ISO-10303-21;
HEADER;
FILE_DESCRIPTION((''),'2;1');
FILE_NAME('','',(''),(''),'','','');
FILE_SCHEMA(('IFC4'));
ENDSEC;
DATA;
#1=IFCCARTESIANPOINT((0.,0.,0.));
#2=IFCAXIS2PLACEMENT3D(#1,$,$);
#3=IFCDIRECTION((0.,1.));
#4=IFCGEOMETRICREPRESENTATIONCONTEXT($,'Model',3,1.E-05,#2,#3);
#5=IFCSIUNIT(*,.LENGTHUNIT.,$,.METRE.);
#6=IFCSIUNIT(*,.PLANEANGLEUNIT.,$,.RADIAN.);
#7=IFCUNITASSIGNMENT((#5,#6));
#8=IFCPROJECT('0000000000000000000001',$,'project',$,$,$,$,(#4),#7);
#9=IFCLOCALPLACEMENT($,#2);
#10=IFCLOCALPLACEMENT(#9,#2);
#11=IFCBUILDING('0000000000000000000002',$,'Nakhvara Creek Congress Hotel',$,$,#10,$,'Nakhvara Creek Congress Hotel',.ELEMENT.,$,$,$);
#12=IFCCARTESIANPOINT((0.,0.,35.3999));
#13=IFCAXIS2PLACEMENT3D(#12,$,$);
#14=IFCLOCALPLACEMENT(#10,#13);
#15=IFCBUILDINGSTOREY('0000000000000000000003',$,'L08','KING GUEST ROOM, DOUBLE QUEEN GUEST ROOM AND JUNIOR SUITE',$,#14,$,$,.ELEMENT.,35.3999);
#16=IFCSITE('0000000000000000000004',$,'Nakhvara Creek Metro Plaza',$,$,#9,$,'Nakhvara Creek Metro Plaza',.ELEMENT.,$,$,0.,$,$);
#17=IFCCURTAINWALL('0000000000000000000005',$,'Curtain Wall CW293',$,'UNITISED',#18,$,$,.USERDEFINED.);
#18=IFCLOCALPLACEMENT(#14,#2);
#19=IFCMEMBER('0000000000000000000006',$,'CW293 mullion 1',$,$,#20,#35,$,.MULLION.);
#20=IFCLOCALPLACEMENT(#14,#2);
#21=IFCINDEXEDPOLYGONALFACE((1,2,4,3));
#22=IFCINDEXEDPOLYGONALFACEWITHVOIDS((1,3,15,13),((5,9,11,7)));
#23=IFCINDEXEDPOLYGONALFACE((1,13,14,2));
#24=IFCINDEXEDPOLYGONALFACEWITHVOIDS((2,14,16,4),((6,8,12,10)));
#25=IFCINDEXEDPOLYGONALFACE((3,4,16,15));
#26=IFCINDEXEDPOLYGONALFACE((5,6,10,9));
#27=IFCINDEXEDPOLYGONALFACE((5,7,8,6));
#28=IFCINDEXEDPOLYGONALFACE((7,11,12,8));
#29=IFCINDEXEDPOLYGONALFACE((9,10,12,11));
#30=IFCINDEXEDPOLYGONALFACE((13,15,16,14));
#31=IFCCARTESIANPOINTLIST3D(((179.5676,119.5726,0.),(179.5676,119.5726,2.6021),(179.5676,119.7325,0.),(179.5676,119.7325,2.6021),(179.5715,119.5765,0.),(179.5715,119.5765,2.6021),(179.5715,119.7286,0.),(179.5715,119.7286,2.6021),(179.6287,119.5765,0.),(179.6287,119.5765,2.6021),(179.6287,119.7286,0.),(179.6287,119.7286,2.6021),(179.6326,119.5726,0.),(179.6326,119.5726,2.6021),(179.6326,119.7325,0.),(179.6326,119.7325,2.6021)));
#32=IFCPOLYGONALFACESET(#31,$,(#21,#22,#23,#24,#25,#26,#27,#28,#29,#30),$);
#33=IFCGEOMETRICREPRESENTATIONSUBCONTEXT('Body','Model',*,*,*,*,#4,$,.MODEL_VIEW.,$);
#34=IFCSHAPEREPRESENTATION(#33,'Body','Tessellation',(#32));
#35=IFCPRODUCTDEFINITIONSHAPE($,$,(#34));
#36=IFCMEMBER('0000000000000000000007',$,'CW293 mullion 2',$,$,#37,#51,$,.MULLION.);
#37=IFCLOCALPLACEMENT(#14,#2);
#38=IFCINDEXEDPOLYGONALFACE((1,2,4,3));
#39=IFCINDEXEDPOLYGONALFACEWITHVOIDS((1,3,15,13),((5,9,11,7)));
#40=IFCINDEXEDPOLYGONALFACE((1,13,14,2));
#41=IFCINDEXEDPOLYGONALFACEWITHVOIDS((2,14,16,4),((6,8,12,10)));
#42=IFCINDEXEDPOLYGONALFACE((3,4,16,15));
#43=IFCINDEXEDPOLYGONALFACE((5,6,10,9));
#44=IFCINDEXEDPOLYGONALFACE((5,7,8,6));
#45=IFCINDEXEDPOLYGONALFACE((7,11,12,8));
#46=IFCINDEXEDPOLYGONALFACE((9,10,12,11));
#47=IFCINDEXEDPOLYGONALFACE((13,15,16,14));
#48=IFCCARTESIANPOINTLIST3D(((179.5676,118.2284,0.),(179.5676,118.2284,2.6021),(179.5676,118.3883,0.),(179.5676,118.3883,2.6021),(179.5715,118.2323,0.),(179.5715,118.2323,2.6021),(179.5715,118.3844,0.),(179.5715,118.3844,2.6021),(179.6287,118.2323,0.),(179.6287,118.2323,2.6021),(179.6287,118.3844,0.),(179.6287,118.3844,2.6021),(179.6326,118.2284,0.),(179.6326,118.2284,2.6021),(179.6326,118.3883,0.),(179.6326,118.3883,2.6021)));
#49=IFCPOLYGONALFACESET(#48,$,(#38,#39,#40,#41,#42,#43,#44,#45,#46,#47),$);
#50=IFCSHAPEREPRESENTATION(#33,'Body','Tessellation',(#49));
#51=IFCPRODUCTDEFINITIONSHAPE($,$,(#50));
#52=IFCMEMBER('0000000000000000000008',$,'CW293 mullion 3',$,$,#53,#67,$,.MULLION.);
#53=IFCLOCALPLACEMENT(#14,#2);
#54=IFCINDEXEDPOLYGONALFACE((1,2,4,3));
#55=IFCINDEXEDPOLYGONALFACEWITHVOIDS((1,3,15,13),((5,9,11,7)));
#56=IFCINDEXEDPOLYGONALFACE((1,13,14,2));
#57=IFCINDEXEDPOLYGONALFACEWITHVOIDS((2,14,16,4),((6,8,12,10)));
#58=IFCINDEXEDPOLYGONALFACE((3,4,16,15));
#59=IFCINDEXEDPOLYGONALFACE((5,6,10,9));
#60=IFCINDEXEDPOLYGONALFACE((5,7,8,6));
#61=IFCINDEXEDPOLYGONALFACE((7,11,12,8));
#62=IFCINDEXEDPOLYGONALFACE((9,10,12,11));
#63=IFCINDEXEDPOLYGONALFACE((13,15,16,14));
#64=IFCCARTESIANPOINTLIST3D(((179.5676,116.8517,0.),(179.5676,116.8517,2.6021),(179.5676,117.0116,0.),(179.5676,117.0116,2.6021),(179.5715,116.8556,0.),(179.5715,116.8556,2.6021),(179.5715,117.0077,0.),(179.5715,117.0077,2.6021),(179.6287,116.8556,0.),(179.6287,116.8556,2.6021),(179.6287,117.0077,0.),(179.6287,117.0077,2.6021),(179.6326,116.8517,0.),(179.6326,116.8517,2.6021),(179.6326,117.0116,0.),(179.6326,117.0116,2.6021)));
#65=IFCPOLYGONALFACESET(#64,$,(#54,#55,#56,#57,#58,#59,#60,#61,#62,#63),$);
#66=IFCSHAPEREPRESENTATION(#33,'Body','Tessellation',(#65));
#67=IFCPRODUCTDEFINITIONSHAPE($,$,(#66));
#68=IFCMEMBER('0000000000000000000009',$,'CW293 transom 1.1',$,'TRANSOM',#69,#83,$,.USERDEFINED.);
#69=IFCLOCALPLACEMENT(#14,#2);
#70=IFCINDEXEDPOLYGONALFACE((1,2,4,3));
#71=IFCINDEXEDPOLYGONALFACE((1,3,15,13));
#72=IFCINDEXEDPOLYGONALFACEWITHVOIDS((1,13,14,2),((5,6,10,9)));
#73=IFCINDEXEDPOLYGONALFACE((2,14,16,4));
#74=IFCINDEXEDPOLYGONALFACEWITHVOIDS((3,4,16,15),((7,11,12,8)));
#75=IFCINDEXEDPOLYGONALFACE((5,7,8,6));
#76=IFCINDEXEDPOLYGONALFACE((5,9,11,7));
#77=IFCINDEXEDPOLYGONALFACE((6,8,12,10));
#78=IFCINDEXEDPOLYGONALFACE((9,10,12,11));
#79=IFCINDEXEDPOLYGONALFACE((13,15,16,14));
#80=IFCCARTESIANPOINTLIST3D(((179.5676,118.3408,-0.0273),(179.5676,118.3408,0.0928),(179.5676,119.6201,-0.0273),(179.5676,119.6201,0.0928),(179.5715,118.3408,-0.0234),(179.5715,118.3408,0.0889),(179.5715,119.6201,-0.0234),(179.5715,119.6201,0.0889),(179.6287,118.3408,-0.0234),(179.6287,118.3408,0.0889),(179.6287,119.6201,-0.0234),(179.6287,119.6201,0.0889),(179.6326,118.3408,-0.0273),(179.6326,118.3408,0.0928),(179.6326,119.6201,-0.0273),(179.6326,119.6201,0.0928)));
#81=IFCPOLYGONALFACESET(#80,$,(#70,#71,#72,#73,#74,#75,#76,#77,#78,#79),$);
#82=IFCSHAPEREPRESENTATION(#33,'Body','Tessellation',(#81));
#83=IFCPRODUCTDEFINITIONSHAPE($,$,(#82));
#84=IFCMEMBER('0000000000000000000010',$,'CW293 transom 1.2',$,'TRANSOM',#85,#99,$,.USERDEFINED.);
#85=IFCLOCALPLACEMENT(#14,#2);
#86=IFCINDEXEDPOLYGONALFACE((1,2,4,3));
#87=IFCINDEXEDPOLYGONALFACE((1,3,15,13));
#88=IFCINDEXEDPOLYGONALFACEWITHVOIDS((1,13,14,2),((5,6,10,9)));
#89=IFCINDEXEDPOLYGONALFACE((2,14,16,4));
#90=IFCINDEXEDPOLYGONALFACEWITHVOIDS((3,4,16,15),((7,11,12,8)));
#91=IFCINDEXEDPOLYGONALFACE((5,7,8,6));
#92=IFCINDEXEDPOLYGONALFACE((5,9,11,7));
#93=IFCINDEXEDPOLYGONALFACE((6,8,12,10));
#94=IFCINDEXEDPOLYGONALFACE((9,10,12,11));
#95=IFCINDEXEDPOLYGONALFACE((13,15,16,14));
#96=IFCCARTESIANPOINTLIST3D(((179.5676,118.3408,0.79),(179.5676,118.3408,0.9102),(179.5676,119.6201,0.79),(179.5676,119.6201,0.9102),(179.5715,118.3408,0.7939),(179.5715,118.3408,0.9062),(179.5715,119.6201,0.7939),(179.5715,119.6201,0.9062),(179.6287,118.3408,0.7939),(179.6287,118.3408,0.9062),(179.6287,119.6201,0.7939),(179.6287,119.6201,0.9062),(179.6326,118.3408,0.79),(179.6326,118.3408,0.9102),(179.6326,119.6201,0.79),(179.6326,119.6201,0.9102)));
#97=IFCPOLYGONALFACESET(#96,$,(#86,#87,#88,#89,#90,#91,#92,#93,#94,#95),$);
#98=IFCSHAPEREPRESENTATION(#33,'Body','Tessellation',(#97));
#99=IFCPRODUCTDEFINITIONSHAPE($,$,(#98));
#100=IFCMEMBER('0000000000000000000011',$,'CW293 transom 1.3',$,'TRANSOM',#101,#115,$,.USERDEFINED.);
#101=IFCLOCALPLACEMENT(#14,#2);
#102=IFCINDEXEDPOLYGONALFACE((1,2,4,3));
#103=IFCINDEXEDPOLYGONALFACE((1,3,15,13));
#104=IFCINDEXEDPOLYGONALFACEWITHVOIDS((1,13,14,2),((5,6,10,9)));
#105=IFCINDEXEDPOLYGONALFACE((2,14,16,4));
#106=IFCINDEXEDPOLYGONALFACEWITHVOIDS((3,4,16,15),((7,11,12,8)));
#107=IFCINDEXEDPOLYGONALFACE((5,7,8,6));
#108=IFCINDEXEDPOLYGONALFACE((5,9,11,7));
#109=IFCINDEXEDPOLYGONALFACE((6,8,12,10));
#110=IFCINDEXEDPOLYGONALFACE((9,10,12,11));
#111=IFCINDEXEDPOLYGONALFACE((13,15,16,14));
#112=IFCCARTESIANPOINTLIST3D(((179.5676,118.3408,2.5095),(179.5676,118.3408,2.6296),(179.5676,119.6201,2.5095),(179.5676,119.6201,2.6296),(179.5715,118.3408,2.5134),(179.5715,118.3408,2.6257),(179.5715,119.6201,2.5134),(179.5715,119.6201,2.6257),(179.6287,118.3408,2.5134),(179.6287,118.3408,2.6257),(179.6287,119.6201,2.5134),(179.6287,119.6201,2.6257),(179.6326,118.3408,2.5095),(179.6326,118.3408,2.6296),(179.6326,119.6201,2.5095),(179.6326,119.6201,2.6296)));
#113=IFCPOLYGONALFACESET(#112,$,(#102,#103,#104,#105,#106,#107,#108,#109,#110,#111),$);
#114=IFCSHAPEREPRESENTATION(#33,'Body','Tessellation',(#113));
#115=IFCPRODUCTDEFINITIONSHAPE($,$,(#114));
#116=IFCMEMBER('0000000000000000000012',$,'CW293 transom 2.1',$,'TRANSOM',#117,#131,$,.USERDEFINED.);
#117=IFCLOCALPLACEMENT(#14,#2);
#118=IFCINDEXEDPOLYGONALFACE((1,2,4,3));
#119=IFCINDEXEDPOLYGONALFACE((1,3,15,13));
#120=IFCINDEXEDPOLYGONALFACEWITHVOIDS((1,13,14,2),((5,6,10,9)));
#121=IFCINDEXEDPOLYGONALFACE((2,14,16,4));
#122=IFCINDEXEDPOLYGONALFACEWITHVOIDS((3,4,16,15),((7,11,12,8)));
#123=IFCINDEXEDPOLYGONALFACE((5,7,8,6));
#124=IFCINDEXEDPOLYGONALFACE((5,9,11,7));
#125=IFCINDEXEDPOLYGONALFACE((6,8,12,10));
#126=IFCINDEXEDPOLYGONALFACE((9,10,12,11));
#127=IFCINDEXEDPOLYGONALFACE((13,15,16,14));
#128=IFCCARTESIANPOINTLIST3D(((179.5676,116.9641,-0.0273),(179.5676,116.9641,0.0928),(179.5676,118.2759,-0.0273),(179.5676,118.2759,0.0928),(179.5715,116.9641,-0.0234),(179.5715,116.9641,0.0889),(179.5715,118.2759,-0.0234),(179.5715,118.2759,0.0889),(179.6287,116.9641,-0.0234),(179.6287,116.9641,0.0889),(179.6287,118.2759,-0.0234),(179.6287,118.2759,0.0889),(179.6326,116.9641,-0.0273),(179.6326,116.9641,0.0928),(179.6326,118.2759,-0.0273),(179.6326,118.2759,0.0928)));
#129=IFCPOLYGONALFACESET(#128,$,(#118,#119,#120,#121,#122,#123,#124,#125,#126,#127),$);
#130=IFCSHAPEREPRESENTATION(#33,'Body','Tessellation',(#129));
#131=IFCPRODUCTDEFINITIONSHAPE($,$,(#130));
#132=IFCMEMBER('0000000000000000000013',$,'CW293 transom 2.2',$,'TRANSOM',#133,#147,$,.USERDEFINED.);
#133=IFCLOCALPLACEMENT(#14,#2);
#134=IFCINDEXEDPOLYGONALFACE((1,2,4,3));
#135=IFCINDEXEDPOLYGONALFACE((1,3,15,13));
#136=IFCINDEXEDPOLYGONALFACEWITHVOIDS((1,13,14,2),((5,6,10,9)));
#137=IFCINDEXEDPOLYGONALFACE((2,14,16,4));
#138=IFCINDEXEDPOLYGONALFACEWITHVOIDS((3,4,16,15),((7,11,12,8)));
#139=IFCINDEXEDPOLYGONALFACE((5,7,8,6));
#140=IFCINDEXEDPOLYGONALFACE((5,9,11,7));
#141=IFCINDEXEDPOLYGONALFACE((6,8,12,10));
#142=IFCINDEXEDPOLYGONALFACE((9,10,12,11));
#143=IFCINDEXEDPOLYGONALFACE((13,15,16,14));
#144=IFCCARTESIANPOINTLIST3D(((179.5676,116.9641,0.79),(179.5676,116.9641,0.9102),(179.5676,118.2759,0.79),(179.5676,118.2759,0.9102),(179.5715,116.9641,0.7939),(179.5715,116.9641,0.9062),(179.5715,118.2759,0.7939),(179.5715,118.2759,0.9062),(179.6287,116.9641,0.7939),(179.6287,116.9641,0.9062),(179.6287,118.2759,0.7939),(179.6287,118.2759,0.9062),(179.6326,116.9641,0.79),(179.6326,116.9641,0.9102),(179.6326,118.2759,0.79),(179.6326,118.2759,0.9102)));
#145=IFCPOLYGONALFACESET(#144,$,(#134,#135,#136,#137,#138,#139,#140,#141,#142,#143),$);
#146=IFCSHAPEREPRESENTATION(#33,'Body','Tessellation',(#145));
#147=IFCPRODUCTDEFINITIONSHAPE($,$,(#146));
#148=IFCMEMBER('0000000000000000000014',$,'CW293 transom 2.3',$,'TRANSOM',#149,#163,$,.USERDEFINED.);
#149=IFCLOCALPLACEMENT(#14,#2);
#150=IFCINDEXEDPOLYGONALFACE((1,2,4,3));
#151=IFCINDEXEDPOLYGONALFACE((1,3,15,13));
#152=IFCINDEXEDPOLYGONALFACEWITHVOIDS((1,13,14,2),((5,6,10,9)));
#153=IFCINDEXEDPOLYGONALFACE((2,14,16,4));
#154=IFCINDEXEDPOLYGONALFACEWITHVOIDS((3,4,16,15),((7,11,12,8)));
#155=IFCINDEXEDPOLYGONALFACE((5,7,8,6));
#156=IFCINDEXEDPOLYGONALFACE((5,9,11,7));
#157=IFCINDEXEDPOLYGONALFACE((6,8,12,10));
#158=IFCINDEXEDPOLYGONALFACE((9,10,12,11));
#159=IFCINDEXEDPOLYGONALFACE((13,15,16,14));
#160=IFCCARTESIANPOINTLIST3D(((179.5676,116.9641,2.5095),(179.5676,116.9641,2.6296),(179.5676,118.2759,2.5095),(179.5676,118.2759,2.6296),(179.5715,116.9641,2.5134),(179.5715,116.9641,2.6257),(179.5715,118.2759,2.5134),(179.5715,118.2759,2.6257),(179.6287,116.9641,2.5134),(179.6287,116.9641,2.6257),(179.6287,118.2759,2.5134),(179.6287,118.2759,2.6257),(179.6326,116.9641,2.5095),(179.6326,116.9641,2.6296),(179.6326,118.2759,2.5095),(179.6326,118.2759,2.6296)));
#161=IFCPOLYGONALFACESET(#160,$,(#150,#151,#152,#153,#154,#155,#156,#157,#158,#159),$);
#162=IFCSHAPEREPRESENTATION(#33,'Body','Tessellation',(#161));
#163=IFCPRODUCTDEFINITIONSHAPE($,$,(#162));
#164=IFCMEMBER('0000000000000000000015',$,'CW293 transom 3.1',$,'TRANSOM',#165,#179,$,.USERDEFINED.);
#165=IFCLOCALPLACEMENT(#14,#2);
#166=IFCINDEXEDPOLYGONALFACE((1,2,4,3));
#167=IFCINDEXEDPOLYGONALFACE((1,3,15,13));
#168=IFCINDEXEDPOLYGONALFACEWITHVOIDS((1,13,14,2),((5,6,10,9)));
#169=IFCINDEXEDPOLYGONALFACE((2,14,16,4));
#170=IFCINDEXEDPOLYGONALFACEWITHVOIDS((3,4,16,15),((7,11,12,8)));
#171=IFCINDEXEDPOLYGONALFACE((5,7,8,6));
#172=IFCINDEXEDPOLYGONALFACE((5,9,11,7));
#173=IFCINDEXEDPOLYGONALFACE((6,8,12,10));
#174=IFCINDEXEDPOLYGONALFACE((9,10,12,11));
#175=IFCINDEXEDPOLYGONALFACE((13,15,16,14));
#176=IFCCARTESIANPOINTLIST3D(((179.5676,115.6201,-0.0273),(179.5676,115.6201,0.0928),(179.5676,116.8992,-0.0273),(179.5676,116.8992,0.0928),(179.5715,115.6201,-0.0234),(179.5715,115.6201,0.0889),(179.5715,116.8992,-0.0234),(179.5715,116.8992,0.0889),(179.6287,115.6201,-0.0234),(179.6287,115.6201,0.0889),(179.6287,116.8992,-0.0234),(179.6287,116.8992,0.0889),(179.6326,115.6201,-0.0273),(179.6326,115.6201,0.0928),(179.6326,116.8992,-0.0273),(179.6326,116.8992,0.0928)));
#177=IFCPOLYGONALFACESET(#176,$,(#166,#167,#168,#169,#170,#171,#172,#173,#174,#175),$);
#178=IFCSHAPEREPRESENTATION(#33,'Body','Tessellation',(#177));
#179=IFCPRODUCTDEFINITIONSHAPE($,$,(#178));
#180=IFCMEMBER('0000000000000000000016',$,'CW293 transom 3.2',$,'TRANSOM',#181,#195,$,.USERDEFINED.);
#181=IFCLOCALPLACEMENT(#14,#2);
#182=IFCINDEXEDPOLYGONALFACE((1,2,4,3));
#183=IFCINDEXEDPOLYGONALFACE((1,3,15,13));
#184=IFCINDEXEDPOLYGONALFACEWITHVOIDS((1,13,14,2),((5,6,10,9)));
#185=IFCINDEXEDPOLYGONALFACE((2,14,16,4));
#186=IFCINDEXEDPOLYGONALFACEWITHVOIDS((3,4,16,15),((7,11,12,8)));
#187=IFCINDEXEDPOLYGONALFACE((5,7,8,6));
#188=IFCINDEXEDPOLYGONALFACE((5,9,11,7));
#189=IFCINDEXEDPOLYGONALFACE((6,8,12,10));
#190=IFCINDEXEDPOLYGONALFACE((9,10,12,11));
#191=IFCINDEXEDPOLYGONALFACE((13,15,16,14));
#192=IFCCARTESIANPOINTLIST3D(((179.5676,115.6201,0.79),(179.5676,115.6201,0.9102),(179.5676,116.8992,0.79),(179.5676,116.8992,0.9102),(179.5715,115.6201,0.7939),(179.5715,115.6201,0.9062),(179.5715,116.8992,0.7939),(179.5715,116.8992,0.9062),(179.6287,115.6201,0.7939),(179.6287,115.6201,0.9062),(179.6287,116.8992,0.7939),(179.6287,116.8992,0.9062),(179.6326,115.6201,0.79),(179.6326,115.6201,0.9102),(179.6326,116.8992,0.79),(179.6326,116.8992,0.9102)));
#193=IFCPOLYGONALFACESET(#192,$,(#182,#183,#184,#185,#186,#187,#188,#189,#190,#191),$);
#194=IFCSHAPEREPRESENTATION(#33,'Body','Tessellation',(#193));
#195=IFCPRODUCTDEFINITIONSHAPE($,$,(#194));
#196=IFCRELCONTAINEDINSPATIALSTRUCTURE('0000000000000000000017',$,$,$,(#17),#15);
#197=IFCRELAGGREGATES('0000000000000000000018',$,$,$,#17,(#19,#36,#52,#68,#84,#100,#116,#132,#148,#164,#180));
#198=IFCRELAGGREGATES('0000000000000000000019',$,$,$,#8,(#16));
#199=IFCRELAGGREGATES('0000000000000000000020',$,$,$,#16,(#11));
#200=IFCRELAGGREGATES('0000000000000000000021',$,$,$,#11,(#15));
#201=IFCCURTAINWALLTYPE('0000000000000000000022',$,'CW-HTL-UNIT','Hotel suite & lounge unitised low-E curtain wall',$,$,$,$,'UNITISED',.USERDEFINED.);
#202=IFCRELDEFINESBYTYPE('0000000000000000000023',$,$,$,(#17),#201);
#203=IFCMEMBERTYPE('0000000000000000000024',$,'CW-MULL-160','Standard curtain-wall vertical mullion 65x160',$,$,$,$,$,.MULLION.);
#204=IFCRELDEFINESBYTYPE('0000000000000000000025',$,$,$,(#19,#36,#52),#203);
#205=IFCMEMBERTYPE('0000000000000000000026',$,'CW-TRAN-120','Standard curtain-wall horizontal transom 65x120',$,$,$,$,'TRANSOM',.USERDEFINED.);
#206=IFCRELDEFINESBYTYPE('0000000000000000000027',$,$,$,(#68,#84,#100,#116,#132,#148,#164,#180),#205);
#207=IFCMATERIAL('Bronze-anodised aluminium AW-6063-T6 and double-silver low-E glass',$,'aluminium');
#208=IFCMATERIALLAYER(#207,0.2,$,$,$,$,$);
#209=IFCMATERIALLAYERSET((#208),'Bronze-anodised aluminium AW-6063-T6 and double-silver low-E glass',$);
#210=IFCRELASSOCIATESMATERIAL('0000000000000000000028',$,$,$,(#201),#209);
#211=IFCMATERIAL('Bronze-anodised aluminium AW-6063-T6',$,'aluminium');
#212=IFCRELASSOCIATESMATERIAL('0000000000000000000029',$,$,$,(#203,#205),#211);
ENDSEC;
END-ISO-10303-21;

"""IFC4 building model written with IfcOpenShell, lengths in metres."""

from ifc_helpers import new_model, si_unit, direction, frame, origin, origin_2d, place, context, subcontext, project, spatial, hollow_rectangle, extrude, material, layer, layer_set, material_profile, profile_set, type_object, element, aggregate, save


model = new_model("IFC4")

# Units and contexts
model_context = context("Model", 3, precision=1e-05, world=origin(), true_north=direction((0.0, 1.0)))
body_context = subcontext(model_context, "Body", "Model", "MODEL_VIEW")
ifc_project = project(units=[si_unit("LENGTHUNIT", "METRE"), si_unit("PLANEANGLEUNIT", "RADIAN")], contexts=[model_context])

# Site, building, storey
site_placement = place(None, origin())
site = spatial("IfcSite", under=ifc_project, at=site_placement, Name="Nakhvara Creek Metro Plaza", LongName="Nakhvara Creek Metro Plaza", CompositionType="ELEMENT", RefElevation=0.0)
building_placement = place(site_placement, origin())
building = spatial("IfcBuilding", under=site, at=building_placement, Name="Nakhvara Creek Congress Hotel", LongName="Nakhvara Creek Congress Hotel", CompositionType="ELEMENT")
storey_placement = place(building_placement, frame((0.0, 0.0, 35.3999)))
storey = spatial("IfcBuildingStorey", under=building, at=storey_placement, Name="L08", Description="KING GUEST ROOM, DOUBLE QUEEN GUEST ROOM AND JUNIOR SUITE", CompositionType="ELEMENT", Elevation=35.3999)

# Curtain wall, members
ifc_material_1 = material(Name="Bronze-anodised aluminium AW-6063-T6 and double-silver low-E glass", Category="aluminium")
ifc_layer_1 = layer(ifc_material_1, 0.2)
ifc_layer_set_1 = layer_set([ifc_layer_1], Name="Bronze-anodised aluminium AW-6063-T6 and double-silver low-E glass")
curtain_wall_type = type_object("IfcCurtainWallType", Name="CW-HTL-UNIT", Description="Hotel suite & lounge unitised low-E curtain wall", ElementType="UNITISED", PredefinedType="USERDEFINED", material=ifc_layer_set_1)
curtain_wall_placement = place(storey_placement, origin())
curtain_wall = element("IfcCurtainWall", 1, at=curtain_wall_placement, inside=storey, type_object=curtain_wall_type, Name="Curtain Wall CW293", ObjectType="UNITISED", PredefinedType="USERDEFINED")
ifc_material_2 = material(Name="Bronze-anodised aluminium AW-6063-T6", Category="aluminium")
ifc_material_profile_1 = material_profile(ifc_material_2, hollow_rectangle(XDim=0.0649, YDim=0.1599, WallThickness=0.0039, at=origin_2d()), Name="ALU-MULL 65x160x4", Category="LoadBearing")
ifc_profile_set_1 = profile_set([ifc_material_profile_1], Name="Bronze-anodised aluminium AW-6063-T6")
member_type_1 = type_object("IfcMemberType", Name="CW-MULL-160", Description="Standard curtain-wall vertical mullion 65x160", PredefinedType="MULLION", material=ifc_profile_set_1)
member_1_placement = place(storey_placement, frame((179.6001, 119.6526, 0.0), z_axis=(0.0, 0.0, 1.0), x_axis=(1.0, 0.0, 0.0)))
member_1 = element("IfcMember", 2, at=member_1_placement, type_object=member_type_1, Name="CW293 mullion 1", PredefinedType="MULLION", context=body_context, shape_type="SweptSolid", body=[
    extrude(hollow_rectangle(XDim=0.0649, YDim=0.1599, WallThickness=0.0039, at=origin_2d()), origin(), (0.0, 0.0, 1.0), 2.6021),
])
member_2_placement = place(storey_placement, frame((179.6001, 118.3083, 0.0), z_axis=(0.0, 0.0, 1.0), x_axis=(1.0, 0.0, 0.0)))
member_2 = element("IfcMember", 3, at=member_2_placement, type_object=member_type_1, Name="CW293 mullion 2", PredefinedType="MULLION", context=body_context, shape_type="SweptSolid", body=[
    extrude(hollow_rectangle(XDim=0.0649, YDim=0.1599, WallThickness=0.0039, at=origin_2d()), origin(), (0.0, 0.0, 1.0), 2.6021),
])
member_3_placement = place(storey_placement, frame((179.6001, 116.9316, 0.0), z_axis=(0.0, 0.0, 1.0), x_axis=(1.0, 0.0, 0.0)))
member_3 = element("IfcMember", 4, at=member_3_placement, type_object=member_type_1, Name="CW293 mullion 3", PredefinedType="MULLION", context=body_context, shape_type="SweptSolid", body=[
    extrude(hollow_rectangle(XDim=0.0649, YDim=0.1599, WallThickness=0.0039, at=origin_2d()), origin(), (0.0, 0.0, 1.0), 2.6021),
])
ifc_material_profile_2 = material_profile(ifc_material_2, hollow_rectangle(XDim=0.0649, YDim=0.1201, WallThickness=0.0039, at=origin_2d()), Name="ALU-TRAN 65x120x4", Category="LoadBearing")
ifc_profile_set_2 = profile_set([ifc_material_profile_2], Name="Bronze-anodised aluminium AW-6063-T6")
member_type_2 = type_object("IfcMemberType", Name="CW-TRAN-120", Description="Standard curtain-wall horizontal transom 65x120", ElementType="TRANSOM", PredefinedType="USERDEFINED", material=ifc_profile_set_2)
member_4_placement = place(storey_placement, frame((179.6001, 119.6201, 0.0327), z_axis=(0.0, -1.0, 0.0), x_axis=(1.0, 0.0, 0.0)))
member_4 = element("IfcMember", 5, at=member_4_placement, type_object=member_type_2, Name="CW293 transom 1.1", ObjectType="TRANSOM", PredefinedType="USERDEFINED", context=body_context, shape_type="SweptSolid", body=[
    extrude(hollow_rectangle(XDim=0.0649, YDim=0.1201, WallThickness=0.0039, at=origin_2d()), origin(), (0.0, 0.0, 1.0), 1.2793),
])
member_5_placement = place(storey_placement, frame((179.6001, 119.6201, 0.8501), z_axis=(0.0, -1.0, 0.0), x_axis=(1.0, 0.0, 0.0)))
member_5 = element("IfcMember", 6, at=member_5_placement, type_object=member_type_2, Name="CW293 transom 1.2", ObjectType="TRANSOM", PredefinedType="USERDEFINED", context=body_context, shape_type="SweptSolid", body=[
    extrude(hollow_rectangle(XDim=0.0649, YDim=0.1201, WallThickness=0.0039, at=origin_2d()), origin(), (0.0, 0.0, 1.0), 1.2793),
])
member_6_placement = place(storey_placement, frame((179.6001, 119.6201, 2.5696), z_axis=(0.0, -1.0, 0.0), x_axis=(1.0, 0.0, 0.0)))
member_6 = element("IfcMember", 7, at=member_6_placement, type_object=member_type_2, Name="CW293 transom 1.3", ObjectType="TRANSOM", PredefinedType="USERDEFINED", context=body_context, shape_type="SweptSolid", body=[
    extrude(hollow_rectangle(XDim=0.0649, YDim=0.1201, WallThickness=0.0039, at=origin_2d()), origin(), (0.0, 0.0, 1.0), 1.2793),
])
member_7_placement = place(storey_placement, frame((179.6001, 118.2759, 0.0327), z_axis=(0.0, -1.0, 0.0), x_axis=(1.0, 0.0, 0.0)))
member_7 = element("IfcMember", 8, at=member_7_placement, type_object=member_type_2, Name="CW293 transom 2.1", ObjectType="TRANSOM", PredefinedType="USERDEFINED", context=body_context, shape_type="SweptSolid", body=[
    extrude(hollow_rectangle(XDim=0.0649, YDim=0.1201, WallThickness=0.0039, at=origin_2d()), origin(), (0.0, 0.0, 1.0), 1.3118),
])
member_8_placement = place(storey_placement, frame((179.6001, 118.2759, 0.8501), z_axis=(0.0, -1.0, 0.0), x_axis=(1.0, 0.0, 0.0)))
member_8 = element("IfcMember", 9, at=member_8_placement, type_object=member_type_2, Name="CW293 transom 2.2", ObjectType="TRANSOM", PredefinedType="USERDEFINED", context=body_context, shape_type="SweptSolid", body=[
    extrude(hollow_rectangle(XDim=0.0649, YDim=0.1201, WallThickness=0.0039, at=origin_2d()), origin(), (0.0, 0.0, 1.0), 1.3118),
])
member_9_placement = place(storey_placement, frame((179.6001, 118.2759, 2.5696), z_axis=(0.0, -1.0, 0.0), x_axis=(1.0, 0.0, 0.0)))
member_9 = element("IfcMember", 10, at=member_9_placement, type_object=member_type_2, Name="CW293 transom 2.3", ObjectType="TRANSOM", PredefinedType="USERDEFINED", context=body_context, shape_type="SweptSolid", body=[
    extrude(hollow_rectangle(XDim=0.0649, YDim=0.1201, WallThickness=0.0039, at=origin_2d()), origin(), (0.0, 0.0, 1.0), 1.3118),
])
member_10_placement = place(storey_placement, frame((179.6001, 116.8992, 0.0327), z_axis=(0.0, -1.0, 0.0), x_axis=(1.0, 0.0, 0.0)))
member_10 = element("IfcMember", 11, at=member_10_placement, type_object=member_type_2, Name="CW293 transom 3.1", ObjectType="TRANSOM", PredefinedType="USERDEFINED", context=body_context, shape_type="SweptSolid", body=[
    extrude(hollow_rectangle(XDim=0.0649, YDim=0.1201, WallThickness=0.0039, at=origin_2d()), origin(), (0.0, 0.0, 1.0), 1.2791),
])
member_11_placement = place(storey_placement, frame((179.6001, 116.8992, 0.8501), z_axis=(0.0, -1.0, 0.0), x_axis=(1.0, 0.0, 0.0)))
member_11 = element("IfcMember", 12, at=member_11_placement, type_object=member_type_2, Name="CW293 transom 3.2", ObjectType="TRANSOM", PredefinedType="USERDEFINED", context=body_context, shape_type="SweptSolid", body=[
    extrude(hollow_rectangle(XDim=0.0649, YDim=0.1201, WallThickness=0.0039, at=origin_2d()), origin(), (0.0, 0.0, 1.0), 1.2791),
])
aggregate(curtain_wall, [member_1, member_2, member_3, member_4, member_5, member_6, member_7, member_8, member_9, member_10, member_11])

save(model, "model.ifc")
